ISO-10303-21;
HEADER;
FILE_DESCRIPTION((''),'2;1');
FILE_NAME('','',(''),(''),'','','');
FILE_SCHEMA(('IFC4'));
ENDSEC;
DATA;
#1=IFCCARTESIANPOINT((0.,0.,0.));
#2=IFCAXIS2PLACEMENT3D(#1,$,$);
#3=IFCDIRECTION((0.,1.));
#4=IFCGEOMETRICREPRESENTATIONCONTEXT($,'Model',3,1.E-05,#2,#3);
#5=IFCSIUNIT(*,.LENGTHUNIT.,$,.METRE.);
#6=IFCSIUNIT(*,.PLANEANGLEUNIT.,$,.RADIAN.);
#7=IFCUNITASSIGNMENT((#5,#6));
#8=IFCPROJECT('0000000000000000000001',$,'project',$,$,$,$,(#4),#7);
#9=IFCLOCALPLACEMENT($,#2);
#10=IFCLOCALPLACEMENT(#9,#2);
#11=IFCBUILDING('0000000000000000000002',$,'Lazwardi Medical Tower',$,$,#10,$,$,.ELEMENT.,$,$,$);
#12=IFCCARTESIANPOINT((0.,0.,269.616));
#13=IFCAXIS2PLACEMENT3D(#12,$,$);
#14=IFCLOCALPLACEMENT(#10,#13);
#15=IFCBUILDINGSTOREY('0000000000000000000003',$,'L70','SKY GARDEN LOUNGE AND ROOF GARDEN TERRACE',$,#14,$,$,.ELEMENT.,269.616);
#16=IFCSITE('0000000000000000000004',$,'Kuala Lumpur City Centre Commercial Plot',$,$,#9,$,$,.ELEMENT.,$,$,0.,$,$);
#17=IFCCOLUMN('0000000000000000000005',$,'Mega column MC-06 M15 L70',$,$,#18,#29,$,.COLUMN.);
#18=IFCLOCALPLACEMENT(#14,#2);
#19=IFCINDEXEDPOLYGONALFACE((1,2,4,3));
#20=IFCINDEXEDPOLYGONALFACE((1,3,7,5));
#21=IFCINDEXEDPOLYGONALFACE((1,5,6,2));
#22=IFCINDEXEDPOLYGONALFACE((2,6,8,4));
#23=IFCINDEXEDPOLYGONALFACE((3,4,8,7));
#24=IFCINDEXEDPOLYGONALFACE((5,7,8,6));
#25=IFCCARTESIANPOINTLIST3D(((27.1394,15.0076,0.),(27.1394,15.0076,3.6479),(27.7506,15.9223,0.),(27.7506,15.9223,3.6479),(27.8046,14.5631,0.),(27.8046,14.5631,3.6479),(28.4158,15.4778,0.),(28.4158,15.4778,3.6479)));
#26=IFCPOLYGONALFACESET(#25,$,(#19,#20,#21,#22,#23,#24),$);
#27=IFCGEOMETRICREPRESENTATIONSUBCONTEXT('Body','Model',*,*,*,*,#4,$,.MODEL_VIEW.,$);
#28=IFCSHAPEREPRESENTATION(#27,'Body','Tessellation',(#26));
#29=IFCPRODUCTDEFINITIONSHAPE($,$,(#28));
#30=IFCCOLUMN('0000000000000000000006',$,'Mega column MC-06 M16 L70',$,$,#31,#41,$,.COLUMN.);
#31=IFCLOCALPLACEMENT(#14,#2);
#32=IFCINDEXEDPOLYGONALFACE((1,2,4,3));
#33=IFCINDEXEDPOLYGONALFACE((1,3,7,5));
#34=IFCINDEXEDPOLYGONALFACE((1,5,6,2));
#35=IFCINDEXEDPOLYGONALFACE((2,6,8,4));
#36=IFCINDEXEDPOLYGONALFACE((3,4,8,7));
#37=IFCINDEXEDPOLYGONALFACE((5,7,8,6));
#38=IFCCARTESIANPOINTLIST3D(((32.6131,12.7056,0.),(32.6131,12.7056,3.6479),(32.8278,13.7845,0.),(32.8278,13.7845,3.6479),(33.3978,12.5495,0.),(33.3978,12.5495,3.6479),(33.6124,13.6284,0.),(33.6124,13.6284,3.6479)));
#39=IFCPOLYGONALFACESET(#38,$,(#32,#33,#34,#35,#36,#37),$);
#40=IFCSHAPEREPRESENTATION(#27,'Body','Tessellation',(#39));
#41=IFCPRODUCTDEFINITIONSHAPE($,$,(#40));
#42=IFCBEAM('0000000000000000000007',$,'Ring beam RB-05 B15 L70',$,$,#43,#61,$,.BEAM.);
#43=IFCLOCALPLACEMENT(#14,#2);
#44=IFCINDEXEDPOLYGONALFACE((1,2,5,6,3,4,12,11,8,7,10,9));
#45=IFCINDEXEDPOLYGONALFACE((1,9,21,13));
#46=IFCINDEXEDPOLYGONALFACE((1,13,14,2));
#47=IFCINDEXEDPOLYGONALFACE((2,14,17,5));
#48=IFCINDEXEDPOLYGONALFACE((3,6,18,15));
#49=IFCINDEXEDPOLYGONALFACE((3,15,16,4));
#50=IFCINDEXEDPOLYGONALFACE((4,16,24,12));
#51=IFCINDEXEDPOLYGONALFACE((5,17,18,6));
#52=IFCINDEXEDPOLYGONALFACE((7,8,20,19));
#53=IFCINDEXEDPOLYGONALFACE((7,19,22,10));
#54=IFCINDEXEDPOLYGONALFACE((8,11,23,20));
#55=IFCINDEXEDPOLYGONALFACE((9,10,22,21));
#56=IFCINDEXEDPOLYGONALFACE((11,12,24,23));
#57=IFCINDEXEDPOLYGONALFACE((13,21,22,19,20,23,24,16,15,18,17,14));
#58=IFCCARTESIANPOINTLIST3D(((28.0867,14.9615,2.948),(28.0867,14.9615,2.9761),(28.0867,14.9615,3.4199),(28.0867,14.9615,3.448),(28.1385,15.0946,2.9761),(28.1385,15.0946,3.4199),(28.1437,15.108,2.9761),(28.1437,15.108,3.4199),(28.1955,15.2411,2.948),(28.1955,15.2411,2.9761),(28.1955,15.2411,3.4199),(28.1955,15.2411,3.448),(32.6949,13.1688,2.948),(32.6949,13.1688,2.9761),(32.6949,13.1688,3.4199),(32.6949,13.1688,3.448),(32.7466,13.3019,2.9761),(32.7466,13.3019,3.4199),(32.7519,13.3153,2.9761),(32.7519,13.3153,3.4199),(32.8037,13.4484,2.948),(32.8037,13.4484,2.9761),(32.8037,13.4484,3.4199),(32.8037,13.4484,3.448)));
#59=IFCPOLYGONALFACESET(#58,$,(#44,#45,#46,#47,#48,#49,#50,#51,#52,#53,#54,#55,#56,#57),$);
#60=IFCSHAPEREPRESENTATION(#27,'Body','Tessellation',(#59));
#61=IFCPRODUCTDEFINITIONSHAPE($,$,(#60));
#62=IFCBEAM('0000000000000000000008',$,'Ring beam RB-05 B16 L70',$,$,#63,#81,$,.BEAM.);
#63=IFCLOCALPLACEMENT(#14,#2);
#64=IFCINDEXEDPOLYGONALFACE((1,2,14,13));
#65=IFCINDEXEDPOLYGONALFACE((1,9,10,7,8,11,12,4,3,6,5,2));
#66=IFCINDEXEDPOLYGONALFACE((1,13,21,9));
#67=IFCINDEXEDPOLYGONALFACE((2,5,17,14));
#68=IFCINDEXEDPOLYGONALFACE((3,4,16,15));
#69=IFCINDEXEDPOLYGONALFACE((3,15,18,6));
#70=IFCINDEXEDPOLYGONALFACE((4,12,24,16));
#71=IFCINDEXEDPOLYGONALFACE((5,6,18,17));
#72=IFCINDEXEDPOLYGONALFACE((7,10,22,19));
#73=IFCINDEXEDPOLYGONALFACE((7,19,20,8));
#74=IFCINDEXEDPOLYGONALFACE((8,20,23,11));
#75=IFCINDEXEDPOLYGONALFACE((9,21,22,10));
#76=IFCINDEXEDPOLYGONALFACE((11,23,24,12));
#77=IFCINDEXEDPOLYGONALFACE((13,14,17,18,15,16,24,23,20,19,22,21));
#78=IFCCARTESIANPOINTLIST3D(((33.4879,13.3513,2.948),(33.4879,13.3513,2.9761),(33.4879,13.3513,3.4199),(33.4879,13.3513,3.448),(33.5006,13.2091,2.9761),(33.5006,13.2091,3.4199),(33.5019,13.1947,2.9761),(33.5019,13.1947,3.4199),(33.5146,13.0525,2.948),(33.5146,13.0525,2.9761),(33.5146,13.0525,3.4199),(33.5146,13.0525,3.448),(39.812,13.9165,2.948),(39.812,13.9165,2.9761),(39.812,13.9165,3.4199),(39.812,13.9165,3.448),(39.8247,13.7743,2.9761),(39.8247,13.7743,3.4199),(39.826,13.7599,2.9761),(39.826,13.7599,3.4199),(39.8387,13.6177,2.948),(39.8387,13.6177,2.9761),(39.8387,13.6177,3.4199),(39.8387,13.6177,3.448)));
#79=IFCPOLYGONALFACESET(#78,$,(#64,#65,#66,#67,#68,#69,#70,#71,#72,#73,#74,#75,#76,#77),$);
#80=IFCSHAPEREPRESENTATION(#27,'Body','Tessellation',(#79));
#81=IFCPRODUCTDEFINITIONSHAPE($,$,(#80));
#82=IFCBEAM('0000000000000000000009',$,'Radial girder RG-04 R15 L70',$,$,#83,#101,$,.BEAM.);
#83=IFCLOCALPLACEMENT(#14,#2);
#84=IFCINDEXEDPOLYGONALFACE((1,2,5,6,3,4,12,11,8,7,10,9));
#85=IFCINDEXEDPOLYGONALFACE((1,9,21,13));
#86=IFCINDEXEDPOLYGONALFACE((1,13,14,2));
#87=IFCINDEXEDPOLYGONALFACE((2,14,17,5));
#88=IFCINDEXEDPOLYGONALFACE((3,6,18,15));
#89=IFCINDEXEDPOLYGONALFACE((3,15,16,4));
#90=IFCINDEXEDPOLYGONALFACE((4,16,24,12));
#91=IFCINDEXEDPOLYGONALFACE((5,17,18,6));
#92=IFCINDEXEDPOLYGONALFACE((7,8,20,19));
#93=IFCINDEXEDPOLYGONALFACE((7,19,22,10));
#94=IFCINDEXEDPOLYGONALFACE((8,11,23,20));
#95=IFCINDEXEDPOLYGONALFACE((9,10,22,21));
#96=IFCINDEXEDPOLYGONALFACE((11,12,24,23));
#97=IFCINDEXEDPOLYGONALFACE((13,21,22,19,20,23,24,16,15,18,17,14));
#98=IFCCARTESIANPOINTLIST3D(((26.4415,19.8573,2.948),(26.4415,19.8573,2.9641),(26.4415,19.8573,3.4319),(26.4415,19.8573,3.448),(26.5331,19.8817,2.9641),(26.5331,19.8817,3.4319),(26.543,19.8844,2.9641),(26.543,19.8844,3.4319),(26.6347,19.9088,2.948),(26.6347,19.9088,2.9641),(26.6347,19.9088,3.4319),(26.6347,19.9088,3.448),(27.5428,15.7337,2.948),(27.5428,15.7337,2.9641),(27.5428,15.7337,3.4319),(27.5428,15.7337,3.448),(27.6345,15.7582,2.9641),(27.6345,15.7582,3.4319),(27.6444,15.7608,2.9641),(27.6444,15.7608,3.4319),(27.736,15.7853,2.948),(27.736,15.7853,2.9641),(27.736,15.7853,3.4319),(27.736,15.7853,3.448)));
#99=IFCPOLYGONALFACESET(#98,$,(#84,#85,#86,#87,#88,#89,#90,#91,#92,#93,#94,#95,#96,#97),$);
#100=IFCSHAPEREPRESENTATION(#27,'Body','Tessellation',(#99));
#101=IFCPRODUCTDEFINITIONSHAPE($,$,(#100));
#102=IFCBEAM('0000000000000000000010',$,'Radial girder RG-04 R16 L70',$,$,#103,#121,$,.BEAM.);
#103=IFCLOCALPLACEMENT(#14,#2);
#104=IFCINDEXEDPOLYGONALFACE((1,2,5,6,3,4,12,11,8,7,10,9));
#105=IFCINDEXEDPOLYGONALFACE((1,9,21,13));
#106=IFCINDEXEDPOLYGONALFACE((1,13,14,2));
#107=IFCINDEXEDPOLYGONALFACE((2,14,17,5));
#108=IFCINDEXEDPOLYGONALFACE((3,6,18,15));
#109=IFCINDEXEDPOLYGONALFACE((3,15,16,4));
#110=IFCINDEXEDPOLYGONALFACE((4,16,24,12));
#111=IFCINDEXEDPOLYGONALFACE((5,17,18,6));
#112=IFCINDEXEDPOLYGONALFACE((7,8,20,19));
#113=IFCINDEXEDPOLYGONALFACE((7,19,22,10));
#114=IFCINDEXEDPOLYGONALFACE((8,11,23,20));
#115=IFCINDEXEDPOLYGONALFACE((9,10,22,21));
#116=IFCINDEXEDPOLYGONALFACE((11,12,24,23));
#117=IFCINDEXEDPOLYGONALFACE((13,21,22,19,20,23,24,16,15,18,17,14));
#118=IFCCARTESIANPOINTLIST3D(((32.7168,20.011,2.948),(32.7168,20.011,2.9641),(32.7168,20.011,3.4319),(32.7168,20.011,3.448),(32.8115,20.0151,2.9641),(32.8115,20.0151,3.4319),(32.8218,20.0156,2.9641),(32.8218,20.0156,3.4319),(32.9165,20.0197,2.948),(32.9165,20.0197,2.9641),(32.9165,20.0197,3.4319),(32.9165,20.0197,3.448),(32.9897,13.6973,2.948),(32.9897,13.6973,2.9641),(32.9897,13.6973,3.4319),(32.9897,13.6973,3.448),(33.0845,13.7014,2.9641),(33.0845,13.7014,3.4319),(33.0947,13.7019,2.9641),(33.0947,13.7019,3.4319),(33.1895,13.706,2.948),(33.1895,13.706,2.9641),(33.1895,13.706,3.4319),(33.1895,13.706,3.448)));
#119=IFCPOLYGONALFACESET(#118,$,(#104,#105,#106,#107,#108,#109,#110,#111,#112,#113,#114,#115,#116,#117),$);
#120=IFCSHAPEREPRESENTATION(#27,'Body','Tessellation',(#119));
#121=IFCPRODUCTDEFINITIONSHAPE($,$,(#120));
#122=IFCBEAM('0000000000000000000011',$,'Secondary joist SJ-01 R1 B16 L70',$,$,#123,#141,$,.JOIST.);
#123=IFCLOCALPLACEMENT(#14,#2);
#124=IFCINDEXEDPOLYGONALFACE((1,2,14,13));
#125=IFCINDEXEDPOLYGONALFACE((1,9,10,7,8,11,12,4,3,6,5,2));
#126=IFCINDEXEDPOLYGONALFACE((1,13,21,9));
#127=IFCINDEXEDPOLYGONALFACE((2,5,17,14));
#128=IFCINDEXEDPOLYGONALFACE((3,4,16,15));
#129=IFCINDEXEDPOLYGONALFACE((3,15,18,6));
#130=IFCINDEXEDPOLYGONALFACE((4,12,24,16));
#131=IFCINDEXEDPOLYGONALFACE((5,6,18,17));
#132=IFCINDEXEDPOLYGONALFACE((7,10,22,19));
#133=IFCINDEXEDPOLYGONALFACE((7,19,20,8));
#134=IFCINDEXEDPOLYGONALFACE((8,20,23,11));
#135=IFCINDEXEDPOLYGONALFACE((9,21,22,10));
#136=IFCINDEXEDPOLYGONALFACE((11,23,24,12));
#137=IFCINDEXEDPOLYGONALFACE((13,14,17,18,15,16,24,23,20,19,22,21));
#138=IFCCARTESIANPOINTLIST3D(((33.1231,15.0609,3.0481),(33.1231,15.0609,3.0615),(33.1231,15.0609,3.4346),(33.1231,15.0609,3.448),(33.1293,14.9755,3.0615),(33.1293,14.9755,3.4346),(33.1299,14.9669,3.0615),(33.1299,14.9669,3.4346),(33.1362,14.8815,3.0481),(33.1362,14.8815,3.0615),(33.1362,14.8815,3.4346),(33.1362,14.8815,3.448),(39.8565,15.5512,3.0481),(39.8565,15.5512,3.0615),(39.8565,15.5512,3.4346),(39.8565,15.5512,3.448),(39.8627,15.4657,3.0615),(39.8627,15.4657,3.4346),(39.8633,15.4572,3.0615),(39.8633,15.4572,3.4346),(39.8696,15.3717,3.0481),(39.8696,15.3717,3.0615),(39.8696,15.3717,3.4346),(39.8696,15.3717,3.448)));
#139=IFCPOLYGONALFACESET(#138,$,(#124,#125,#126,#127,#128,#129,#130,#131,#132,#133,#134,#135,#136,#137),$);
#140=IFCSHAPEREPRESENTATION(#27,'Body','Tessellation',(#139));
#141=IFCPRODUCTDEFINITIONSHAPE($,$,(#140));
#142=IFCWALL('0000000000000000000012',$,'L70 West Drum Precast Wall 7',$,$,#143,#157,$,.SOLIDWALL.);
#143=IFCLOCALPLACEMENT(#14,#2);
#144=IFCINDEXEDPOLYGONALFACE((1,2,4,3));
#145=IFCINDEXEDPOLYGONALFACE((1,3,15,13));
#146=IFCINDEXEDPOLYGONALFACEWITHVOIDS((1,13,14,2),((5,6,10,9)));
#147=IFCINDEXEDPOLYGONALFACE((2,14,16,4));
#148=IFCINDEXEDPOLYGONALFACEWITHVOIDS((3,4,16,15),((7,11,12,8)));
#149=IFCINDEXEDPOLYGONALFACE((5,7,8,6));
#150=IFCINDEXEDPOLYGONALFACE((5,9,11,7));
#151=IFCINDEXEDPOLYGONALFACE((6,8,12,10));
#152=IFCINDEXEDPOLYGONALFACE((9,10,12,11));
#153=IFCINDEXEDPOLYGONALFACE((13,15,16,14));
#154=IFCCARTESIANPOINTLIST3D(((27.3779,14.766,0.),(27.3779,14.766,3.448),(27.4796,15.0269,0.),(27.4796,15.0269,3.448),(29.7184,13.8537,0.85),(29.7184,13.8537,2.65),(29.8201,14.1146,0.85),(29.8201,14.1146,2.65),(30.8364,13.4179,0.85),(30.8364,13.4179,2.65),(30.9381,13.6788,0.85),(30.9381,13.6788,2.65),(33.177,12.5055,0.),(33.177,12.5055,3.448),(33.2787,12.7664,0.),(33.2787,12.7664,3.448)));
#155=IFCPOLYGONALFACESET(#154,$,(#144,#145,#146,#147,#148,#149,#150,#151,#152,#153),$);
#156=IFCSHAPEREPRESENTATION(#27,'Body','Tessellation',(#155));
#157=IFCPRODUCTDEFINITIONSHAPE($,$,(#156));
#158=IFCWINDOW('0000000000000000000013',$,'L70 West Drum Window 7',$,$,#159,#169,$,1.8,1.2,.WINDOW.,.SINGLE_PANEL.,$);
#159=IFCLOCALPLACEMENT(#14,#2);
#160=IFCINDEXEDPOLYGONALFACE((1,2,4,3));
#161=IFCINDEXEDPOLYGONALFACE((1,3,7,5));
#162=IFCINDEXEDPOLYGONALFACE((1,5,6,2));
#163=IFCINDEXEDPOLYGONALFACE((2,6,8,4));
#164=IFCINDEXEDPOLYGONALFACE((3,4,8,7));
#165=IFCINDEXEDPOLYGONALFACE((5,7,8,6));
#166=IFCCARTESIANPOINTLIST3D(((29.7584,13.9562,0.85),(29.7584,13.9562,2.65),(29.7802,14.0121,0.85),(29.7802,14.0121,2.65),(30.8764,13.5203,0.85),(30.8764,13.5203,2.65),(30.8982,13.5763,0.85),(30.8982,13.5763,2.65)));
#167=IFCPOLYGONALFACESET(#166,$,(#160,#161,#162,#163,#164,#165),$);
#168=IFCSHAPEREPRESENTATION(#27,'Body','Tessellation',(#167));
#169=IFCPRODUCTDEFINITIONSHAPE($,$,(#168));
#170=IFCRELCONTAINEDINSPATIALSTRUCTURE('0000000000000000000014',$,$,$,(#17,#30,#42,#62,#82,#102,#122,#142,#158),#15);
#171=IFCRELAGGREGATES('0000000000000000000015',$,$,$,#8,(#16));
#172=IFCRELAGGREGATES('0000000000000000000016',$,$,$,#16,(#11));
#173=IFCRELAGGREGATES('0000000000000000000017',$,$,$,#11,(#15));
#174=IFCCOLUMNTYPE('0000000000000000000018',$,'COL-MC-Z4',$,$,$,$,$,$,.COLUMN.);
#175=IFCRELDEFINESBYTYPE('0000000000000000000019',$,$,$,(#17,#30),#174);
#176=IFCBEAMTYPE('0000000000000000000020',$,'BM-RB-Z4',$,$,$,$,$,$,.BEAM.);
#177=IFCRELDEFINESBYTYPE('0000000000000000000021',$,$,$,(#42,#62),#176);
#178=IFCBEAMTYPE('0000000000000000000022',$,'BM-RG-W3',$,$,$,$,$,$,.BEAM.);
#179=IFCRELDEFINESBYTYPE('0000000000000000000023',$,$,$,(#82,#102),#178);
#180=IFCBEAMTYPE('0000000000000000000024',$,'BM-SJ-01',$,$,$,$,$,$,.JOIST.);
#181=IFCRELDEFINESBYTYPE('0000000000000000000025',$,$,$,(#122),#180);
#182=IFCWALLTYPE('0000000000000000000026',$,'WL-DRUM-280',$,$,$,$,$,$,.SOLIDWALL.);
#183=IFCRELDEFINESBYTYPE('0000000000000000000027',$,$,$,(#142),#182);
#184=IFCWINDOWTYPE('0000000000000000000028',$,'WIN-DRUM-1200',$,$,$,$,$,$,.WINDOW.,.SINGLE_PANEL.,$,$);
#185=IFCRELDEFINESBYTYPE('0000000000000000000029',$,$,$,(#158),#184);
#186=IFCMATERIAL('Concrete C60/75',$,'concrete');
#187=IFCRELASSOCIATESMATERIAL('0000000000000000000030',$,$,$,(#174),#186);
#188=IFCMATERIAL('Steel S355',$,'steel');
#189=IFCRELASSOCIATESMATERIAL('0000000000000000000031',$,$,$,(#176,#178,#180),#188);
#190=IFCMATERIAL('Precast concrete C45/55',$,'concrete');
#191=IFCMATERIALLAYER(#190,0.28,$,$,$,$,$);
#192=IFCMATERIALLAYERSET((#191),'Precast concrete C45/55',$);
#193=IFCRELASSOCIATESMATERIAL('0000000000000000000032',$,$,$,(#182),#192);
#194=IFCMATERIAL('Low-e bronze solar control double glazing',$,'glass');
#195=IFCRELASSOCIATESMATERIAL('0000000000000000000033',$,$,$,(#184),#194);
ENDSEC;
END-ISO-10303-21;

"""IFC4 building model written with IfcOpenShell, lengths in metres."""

from ifc_helpers import new_model, si_unit, direction, frame, frame_2d, origin, origin_2d, place, context, subcontext, project, spatial, rectangle, i_section, extrude, material, layer, layer_set, material_profile, profile_set, type_object, element, fill, save


model = new_model("IFC4")

# Units and contexts
model_context = context("Model", 3, precision=1e-05, world=origin(), true_north=direction((0.0, 1.0)))
body_context = subcontext(model_context, "Body", "Model", "MODEL_VIEW")
ifc_project = project(units=[si_unit("LENGTHUNIT", "METRE"), si_unit("PLANEANGLEUNIT", "RADIAN")], contexts=[model_context])

# Site, building, storey
site_placement = place(None, origin())
site = spatial("IfcSite", under=ifc_project, at=site_placement, Name="Kuala Lumpur City Centre Commercial Plot", CompositionType="ELEMENT", RefElevation=0.0)
building_placement = place(site_placement, origin())
building = spatial("IfcBuilding", under=site, at=building_placement, Name="Lazwardi Medical Tower", CompositionType="ELEMENT")
storey_placement = place(building_placement, frame((0.0, 0.0, 269.616)))
storey = spatial("IfcBuildingStorey", under=building, at=storey_placement, Name="L70", Description="SKY GARDEN LOUNGE AND ROOF GARDEN TERRACE", CompositionType="ELEMENT", Elevation=269.616)

# Columns
ifc_material_1 = material(Name="Concrete C60/75", Category="concrete")
ifc_material_profile_1 = material_profile(ifc_material_1, rectangle(XDim=1.1001, YDim=0.8, at=origin_2d()), Name="CFT-RECT 1100x800")
ifc_profile_set_1 = profile_set([ifc_material_profile_1], Name="Concrete C60/75")
column_type = type_object("IfcColumnType", Name="COL-MC-Z4", PredefinedType="COLUMN", material=ifc_profile_set_1)
for number, where, z_axis, x_axis, name in (
    (1, (27.7776, 15.2427, 0.0), (0.0, 0.0, 1.0), (-0.55557, -0.83147, 0.0), "Mega column MC-06 M15 L70"),
    (2, (33.1128, 13.167, 0.0), (0.0, 0.0, 1.0), (-0.19509, -0.980785, 0.0), "Mega column MC-06 M16 L70"),
):
    element("IfcColumn", number, at=place(storey_placement, frame(where, z_axis=z_axis, x_axis=x_axis)), inside=storey, type_object=column_type, Name=name, PredefinedType="COLUMN", context=body_context, shape_type="SweptSolid", body=[
        extrude(rectangle(XDim=1.1001, YDim=0.8, at=origin_2d()), origin(), (0.0, 0.0, 1.0), 3.6479),
    ])

# Beams
ifc_material_2 = material(Name="Steel S355", Category="steel")
ifc_material_profile_2 = material_profile(ifc_material_2, i_section(OverallWidth=0.3, OverallDepth=0.5, WebThickness=0.0144, FlangeThickness=0.0281, at=origin_2d()), Name="HEB 500")
ifc_profile_set_2 = profile_set([ifc_material_profile_2], Name="Steel S355")
beam_type_1 = type_object("IfcBeamType", Name="BM-RB-Z4", PredefinedType="BEAM", material=ifc_profile_set_2)
beam_1_placement = place(storey_placement, frame((28.1411, 15.1013, 3.198), z_axis=(0.931959, -0.362563, 0.0), x_axis=(0.362563, 0.931959, 0.0)))
element("IfcBeam", 3, at=beam_1_placement, inside=storey, type_object=beam_type_1, Name="Ring beam RB-05 B15 L70", PredefinedType="BEAM", context=body_context, shape_type="SweptSolid", body=[
    extrude(i_section(OverallWidth=0.3, OverallDepth=0.5, WebThickness=0.0144, FlangeThickness=0.0281, at=origin_2d()), origin(), (0.0, 0.0, 1.0), 4.9446),
])
beam_2_placement = place(storey_placement, frame((33.5012, 13.2019, 3.198), z_axis=(0.99603, 0.089014, 0.0), x_axis=(-0.089014, 0.99603, 0.0)))
element("IfcBeam", 4, at=beam_2_placement, inside=storey, type_object=beam_type_1, Name="Ring beam RB-05 B16 L70", PredefinedType="BEAM", context=body_context, shape_type="SweptSolid", body=[
    extrude(i_section(OverallWidth=0.3, OverallDepth=0.5, WebThickness=0.0144, FlangeThickness=0.0281, at=origin_2d()), origin(), (0.0, 0.0, 1.0), 6.3494),
])
ifc_material_profile_3 = material_profile(ifc_material_2, i_section(OverallWidth=0.2, OverallDepth=0.5, WebThickness=0.0103, FlangeThickness=0.0161, at=origin_2d()), Name="IPE 500")
ifc_profile_set_3 = profile_set([ifc_material_profile_3], Name="Steel S355")
beam_type_2 = type_object("IfcBeamType", Name="BM-RG-W3", PredefinedType="BEAM", material=ifc_profile_set_3)
beam_3_placement = place(storey_placement, frame((27.6394, 15.7595, 3.198), z_axis=(-0.258036, 0.966135, 0.0), x_axis=(-0.966135, -0.258036, 0.0)))
element("IfcBeam", 5, at=beam_3_placement, inside=storey, type_object=beam_type_2, Name="Radial girder RG-04 R15 L70", PredefinedType="BEAM", context=body_context, shape_type="SweptSolid", body=[
    extrude(i_section(OverallWidth=0.2, OverallDepth=0.5, WebThickness=0.0103, FlangeThickness=0.0161, at=origin_2d()), origin(), (0.0, 0.0, 1.0), 4.2681),
])
beam_4_placement = place(storey_placement, frame((33.0896, 13.7017, 3.198), z_axis=(-0.043191, 0.999067, 0.0), x_axis=(-0.999067, -0.043191, 0.0)))
element("IfcBeam", 6, at=beam_4_placement, inside=storey, type_object=beam_type_2, Name="Radial girder RG-04 R16 L70", PredefinedType="BEAM", context=body_context, shape_type="SweptSolid", body=[
    extrude(i_section(OverallWidth=0.2, OverallDepth=0.5, WebThickness=0.0103, FlangeThickness=0.0161, at=origin_2d()), origin(), (0.0, 0.0, 1.0), 6.3196),
])
ifc_material_profile_4 = material_profile(ifc_material_2, i_section(OverallWidth=0.1799, OverallDepth=0.3999, WebThickness=0.0085, FlangeThickness=0.0134, at=origin_2d()), Name="IPE 400")
ifc_profile_set_4 = profile_set([ifc_material_profile_4], Name="Steel S355")
beam_type_3 = type_object("IfcBeamType", Name="BM-SJ-01", PredefinedType="JOIST", material=ifc_profile_set_4)
beam_5_placement = place(storey_placement, frame((33.1296, 14.9712, 3.248), z_axis=(0.99736, 0.072614, 0.0), x_axis=(-0.072614, 0.99736, 0.0)))
element("IfcBeam", 7, at=beam_5_placement, inside=storey, type_object=beam_type_3, Name="Secondary joist SJ-01 R1 B16 L70", PredefinedType="JOIST", context=body_context, shape_type="SweptSolid", body=[
    extrude(i_section(OverallWidth=0.1799, OverallDepth=0.3999, WebThickness=0.0085, FlangeThickness=0.0134, at=origin_2d()), origin(), (0.0, 0.0, 1.0), 6.7512),
])

# Wall, opening, window
ifc_material_3 = material(Name="Precast concrete C45/55", Category="concrete")
ifc_layer_1 = layer(ifc_material_3, 0.28)
ifc_layer_set_1 = layer_set([ifc_layer_1], Name="Precast concrete C45/55")
wall_type_1 = type_object("IfcWallType", Name="WL-DRUM-280", PredefinedType="SOLIDWALL", material=ifc_layer_set_1)
wall_1_placement = place(storey_placement, frame((27.4287, 14.8965, 0.0), z_axis=(0.0, 0.0, 1.0), x_axis=(0.931717, -0.363186, 0.0)))
wall_1 = element("IfcWall", 8, at=wall_1_placement, inside=storey, type_object=wall_type_1, Name="L70 West Drum Precast Wall 7", PredefinedType="SOLIDWALL", context=body_context, shape_type="SweptSolid", body=[
    extrude(rectangle(XDim=6.2241, YDim=0.28, at=frame_2d((3.1121, 0.0))), origin(), (0.0, 0.0, 1.0), 3.448),
])
opening_1_placement = place(wall_1_placement, frame((2.512, 0.0, 0.8501)))
opening_1 = element("IfcOpeningElement", 9, at=opening_1_placement, cuts=wall_1, PredefinedType="OPENING", context=body_context, shape_type="SweptSolid", body=[
    extrude(rectangle(XDim=1.2, YDim=1.8, at=frame_2d((0.6001, 0.8999))), frame((0.0, 0.1499, 0.0), z_axis=(0.0, -1.0, 0.0), x_axis=(1.0, 0.0, 0.0)), (0.0, 0.0, 1.0), 0.3),
])
ifc_material_4 = material(Name="Low-e bronze solar control double glazing", Category="glass")
window_type_1 = type_object("IfcWindowType", Name="WIN-DRUM-1200", PartitioningType="SINGLE_PANEL", PredefinedType="WINDOW", material=ifc_material_4)
window_1_placement = place(opening_1_placement, origin())
window_1 = element("IfcWindow", 10, at=window_1_placement, inside=storey, type_object=window_type_1, Name="L70 West Drum Window 7", OverallHeight=1.8, OverallWidth=1.2, PartitioningType="SINGLE_PANEL", PredefinedType="WINDOW", context=body_context, shape_type="SweptSolid", body=[
    extrude(rectangle(XDim=1.2, YDim=1.8, at=frame_2d((0.6001, 0.8999))), frame((0.0, 0.03, 0.0), z_axis=(0.0, -1.0, 0.0), x_axis=(1.0, 0.0, 0.0)), (0.0, 0.0, 1.0), 0.0601),
])
fill(opening_1, window_1)

save(model, "model.ifc")
